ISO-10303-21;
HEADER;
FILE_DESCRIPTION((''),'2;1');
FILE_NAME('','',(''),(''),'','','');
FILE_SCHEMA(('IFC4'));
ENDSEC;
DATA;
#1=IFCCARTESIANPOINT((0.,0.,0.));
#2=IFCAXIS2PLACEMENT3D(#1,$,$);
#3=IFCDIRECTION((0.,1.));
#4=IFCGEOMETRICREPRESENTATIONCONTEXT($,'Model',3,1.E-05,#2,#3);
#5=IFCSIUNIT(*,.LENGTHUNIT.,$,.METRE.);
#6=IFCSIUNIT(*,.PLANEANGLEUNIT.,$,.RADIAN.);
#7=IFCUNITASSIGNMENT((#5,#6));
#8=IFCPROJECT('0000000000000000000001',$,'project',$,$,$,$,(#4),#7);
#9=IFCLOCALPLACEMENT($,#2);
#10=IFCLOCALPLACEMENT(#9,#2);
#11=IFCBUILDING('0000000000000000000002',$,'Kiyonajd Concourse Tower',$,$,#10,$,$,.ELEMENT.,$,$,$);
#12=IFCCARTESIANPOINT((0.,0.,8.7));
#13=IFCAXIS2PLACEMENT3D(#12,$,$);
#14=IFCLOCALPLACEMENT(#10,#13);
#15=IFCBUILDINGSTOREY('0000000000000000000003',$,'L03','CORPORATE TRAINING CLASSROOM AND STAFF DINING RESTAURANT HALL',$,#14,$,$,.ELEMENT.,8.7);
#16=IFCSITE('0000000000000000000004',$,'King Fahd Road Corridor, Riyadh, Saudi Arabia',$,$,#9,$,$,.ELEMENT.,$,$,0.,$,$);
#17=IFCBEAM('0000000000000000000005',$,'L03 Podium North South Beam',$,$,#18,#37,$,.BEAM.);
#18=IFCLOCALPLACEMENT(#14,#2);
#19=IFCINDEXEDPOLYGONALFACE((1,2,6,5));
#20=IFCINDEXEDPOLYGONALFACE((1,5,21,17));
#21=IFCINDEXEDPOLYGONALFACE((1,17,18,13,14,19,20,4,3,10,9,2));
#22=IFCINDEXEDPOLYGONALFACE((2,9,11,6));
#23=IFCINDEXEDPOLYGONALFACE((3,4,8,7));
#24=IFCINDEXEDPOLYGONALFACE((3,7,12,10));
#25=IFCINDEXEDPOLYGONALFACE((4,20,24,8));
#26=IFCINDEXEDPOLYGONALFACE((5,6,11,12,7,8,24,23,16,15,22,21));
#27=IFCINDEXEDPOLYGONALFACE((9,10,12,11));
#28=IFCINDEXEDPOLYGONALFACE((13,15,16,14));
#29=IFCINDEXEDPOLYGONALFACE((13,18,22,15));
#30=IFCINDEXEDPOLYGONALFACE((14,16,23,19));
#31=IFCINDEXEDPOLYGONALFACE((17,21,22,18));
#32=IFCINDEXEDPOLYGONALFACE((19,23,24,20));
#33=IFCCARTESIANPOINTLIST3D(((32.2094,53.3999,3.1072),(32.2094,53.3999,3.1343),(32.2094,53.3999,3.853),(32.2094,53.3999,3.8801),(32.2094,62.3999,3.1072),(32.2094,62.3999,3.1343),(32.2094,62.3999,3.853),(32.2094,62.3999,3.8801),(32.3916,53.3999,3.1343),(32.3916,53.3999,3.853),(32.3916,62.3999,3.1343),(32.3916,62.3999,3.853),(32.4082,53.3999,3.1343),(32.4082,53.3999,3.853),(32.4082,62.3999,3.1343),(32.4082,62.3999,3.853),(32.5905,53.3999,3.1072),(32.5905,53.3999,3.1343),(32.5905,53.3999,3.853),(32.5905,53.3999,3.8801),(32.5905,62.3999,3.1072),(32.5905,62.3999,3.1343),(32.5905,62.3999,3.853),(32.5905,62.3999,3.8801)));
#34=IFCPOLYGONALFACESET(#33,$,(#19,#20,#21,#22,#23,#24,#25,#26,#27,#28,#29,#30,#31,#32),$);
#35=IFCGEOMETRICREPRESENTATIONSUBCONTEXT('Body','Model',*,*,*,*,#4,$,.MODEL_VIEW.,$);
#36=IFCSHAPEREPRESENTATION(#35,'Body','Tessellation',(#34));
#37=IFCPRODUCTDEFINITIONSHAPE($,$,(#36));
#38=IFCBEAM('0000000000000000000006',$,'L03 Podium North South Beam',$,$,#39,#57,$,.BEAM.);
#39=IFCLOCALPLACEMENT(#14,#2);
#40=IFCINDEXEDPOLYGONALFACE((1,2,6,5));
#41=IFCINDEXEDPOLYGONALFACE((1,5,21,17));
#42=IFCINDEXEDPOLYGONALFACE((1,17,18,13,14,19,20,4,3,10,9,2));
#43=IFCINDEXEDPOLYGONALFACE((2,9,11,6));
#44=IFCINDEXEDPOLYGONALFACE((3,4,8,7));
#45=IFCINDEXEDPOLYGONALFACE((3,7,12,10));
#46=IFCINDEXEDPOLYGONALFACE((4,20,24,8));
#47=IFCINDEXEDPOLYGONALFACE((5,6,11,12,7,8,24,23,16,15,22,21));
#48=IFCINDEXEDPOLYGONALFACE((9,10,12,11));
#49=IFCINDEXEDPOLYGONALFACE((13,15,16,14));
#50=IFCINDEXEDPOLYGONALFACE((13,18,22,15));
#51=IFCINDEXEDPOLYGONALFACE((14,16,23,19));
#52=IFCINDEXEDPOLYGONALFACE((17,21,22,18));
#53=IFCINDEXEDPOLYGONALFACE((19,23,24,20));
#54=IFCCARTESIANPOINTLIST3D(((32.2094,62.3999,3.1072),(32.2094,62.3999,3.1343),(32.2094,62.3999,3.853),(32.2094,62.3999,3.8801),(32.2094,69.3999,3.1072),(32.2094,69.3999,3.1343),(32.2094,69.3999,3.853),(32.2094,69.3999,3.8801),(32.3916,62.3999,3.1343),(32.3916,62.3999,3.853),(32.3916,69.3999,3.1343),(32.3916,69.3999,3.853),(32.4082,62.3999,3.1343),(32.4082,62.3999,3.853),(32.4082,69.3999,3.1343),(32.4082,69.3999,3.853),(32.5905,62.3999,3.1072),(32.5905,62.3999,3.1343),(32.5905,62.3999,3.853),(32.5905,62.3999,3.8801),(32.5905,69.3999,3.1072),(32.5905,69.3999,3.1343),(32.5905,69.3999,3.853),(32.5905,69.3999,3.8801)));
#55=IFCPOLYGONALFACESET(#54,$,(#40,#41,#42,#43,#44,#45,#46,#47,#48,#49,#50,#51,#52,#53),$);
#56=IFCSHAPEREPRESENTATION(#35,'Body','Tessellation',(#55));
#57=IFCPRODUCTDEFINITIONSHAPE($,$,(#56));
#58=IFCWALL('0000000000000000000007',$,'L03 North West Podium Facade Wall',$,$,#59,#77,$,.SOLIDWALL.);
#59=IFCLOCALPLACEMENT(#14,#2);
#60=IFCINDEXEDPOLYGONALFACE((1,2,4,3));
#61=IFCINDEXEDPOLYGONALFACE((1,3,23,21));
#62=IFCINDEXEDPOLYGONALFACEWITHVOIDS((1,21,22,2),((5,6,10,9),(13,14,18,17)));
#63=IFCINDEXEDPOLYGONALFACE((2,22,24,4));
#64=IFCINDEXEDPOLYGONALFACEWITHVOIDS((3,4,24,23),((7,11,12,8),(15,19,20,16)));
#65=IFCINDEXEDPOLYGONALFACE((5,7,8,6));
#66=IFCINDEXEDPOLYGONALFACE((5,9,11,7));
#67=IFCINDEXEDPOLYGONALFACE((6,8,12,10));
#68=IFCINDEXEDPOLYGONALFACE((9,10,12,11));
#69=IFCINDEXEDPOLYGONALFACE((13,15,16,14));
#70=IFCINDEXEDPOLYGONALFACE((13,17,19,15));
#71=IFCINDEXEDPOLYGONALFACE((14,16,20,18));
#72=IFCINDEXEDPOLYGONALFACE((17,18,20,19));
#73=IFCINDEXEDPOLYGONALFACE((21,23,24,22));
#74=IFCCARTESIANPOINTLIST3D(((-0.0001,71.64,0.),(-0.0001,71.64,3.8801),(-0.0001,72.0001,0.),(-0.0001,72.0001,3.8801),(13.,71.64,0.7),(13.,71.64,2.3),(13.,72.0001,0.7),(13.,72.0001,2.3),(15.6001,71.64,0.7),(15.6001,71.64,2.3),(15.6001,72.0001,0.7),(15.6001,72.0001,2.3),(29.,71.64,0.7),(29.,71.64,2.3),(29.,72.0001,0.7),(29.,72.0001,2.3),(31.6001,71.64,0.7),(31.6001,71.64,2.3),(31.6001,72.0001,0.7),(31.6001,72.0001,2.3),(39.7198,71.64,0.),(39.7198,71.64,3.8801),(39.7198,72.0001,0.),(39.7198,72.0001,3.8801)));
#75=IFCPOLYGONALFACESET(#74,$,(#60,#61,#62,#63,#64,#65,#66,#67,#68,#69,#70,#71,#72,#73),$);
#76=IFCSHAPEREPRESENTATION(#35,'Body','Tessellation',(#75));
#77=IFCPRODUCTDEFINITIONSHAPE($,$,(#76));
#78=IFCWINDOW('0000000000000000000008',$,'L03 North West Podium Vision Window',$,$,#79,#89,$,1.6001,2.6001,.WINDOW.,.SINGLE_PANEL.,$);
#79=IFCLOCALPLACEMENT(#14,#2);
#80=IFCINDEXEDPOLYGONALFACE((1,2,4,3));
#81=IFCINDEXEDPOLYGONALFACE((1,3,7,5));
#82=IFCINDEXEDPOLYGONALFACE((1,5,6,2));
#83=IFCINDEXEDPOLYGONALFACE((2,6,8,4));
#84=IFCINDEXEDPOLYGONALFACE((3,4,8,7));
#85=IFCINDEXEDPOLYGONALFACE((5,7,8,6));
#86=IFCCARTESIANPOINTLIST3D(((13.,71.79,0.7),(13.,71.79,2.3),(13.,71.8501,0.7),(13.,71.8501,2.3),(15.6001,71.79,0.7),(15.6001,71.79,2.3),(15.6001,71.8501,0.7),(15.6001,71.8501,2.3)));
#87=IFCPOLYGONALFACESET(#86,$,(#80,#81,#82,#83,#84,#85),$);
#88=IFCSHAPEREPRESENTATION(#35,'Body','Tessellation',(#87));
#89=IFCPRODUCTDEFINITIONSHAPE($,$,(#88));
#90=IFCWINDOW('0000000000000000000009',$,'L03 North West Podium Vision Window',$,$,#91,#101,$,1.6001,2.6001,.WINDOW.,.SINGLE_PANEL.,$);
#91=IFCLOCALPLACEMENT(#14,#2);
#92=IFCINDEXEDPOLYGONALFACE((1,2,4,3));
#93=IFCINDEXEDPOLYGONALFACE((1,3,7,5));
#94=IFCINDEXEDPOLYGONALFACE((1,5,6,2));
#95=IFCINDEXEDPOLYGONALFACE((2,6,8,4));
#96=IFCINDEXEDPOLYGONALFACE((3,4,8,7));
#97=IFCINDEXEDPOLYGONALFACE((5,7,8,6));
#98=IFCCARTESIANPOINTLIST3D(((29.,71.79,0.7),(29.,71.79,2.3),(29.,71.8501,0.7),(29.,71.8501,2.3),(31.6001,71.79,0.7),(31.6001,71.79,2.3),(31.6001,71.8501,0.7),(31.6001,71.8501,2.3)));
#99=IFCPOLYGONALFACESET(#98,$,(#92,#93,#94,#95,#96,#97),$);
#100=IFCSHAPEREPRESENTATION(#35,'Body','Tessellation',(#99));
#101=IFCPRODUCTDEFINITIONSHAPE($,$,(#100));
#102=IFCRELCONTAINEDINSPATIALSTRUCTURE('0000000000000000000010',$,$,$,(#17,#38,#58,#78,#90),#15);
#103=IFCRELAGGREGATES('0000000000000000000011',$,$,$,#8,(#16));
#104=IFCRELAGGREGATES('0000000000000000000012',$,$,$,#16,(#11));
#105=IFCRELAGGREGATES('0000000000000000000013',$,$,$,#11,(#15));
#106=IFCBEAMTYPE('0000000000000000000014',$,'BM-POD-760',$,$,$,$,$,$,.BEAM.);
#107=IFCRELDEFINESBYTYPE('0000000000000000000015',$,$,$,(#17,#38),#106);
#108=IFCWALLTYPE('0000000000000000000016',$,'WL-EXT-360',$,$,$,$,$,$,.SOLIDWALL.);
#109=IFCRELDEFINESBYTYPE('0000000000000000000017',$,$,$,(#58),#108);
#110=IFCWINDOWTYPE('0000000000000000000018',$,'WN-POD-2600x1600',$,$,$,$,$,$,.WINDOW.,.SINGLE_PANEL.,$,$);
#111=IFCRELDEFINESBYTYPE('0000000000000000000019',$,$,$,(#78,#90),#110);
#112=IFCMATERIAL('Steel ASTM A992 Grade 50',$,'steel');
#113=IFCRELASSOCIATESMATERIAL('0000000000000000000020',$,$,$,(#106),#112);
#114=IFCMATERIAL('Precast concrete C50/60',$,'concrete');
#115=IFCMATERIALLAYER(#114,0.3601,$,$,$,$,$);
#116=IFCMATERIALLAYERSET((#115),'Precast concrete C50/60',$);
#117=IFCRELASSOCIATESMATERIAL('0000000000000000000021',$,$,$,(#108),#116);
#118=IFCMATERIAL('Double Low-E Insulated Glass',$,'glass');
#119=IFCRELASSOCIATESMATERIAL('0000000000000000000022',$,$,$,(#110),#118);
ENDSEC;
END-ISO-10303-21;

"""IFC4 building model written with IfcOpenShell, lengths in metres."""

from ifc_helpers import new_model, si_unit, direction, frame, frame_2d, origin, origin_2d, place, context, subcontext, project, spatial, rectangle, i_section, extrude, material, layer, layer_set, material_profile, profile_set, type_object, element, fill, save


model = new_model("IFC4")

# Units and contexts
model_context = context("Model", 3, precision=1e-05, world=origin(), true_north=direction((0.0, 1.0)))
body_context = subcontext(model_context, "Body", "Model", "MODEL_VIEW")
ifc_project = project(units=[si_unit("LENGTHUNIT", "METRE"), si_unit("PLANEANGLEUNIT", "RADIAN")], contexts=[model_context])

# Site, building, storey
site_placement = place(None, origin())
site = spatial("IfcSite", under=ifc_project, at=site_placement, Name="King Fahd Road Corridor, Riyadh, Saudi Arabia", CompositionType="ELEMENT", RefElevation=0.0)
building_placement = place(site_placement, origin())
building = spatial("IfcBuilding", under=site, at=building_placement, Name="Kiyonajd Concourse Tower", CompositionType="ELEMENT")
storey_placement = place(building_placement, frame((0.0, 0.0, 8.7)))
storey = spatial("IfcBuildingStorey", under=building, at=storey_placement, Name="L03", Description="CORPORATE TRAINING CLASSROOM AND STAFF DINING RESTAURANT HALL", CompositionType="ELEMENT", Elevation=8.7)

# Beams
ifc_material_1 = material(Name="Steel ASTM A992 Grade 50", Category="steel")
ifc_material_profile_1 = material_profile(ifc_material_1, i_section(OverallWidth=0.3811, OverallDepth=0.7729, WebThickness=0.0166, FlangeThickness=0.0271, at=origin_2d()), Name="W760X257")
ifc_profile_set_1 = profile_set([ifc_material_profile_1], Name="Steel ASTM A992 Grade 50")
beam_type_1 = type_object("IfcBeamType", Name="BM-POD-760", PredefinedType="BEAM", material=ifc_profile_set_1)
beam_1_placement = place(storey_placement, frame((32.3999, 53.3999, 3.4937), z_axis=(0.0, 1.0, 0.0), x_axis=(-1.0, 0.0, 0.0)))
element("IfcBeam", 1, at=beam_1_placement, inside=storey, type_object=beam_type_1, Name="L03 Podium North South Beam", PredefinedType="BEAM", context=body_context, shape_type="SweptSolid", body=[
    extrude(i_section(OverallWidth=0.3811, OverallDepth=0.7729, WebThickness=0.0166, FlangeThickness=0.0271, at=origin_2d()), origin(), (0.0, 0.0, 1.0), 9.0),
])
beam_2_placement = place(storey_placement, frame((32.3999, 62.3999, 3.4937), z_axis=(0.0, 1.0, 0.0), x_axis=(-1.0, 0.0, 0.0)))
element("IfcBeam", 2, at=beam_2_placement, inside=storey, type_object=beam_type_1, Name="L03 Podium North South Beam", PredefinedType="BEAM", context=body_context, shape_type="SweptSolid", body=[
    extrude(i_section(OverallWidth=0.3811, OverallDepth=0.7729, WebThickness=0.0166, FlangeThickness=0.0271, at=origin_2d()), origin(), (0.0, 0.0, 1.0), 7.0),
])

# Wall, openings, windows
ifc_material_2 = material(Name="Precast concrete C50/60", Category="concrete")
ifc_layer = layer(ifc_material_2, 0.3601)
ifc_layer_set = layer_set([ifc_layer], Name="Precast concrete C50/60")
wall_type = type_object("IfcWallType", Name="WL-EXT-360", PredefinedType="SOLIDWALL", material=ifc_layer_set)
wall_placement = place(storey_placement, frame((0.0, 71.8201, 0.0), z_axis=(0.0, 0.0, 1.0), x_axis=(1.0, 0.0, 0.0)))
wall = element("IfcWall", 3, at=wall_placement, inside=storey, type_object=wall_type, Name="L03 North West Podium Facade Wall", PredefinedType="SOLIDWALL", context=body_context, shape_type="SweptSolid", body=[
    extrude(rectangle(XDim=39.72, YDim=0.3601, at=frame_2d((19.8599, 0.0))), origin(), (0.0, 0.0, 1.0), 3.8801),
])
opening_1_placement = place(wall_placement, frame((13.0, 0.0, 0.7)))
opening_1 = element("IfcOpeningElement", 4, at=opening_1_placement, cuts=wall, PredefinedType="OPENING", context=body_context, shape_type="SweptSolid", body=[
    extrude(rectangle(XDim=2.6001, YDim=1.6001, at=frame_2d((1.3, 0.8))), frame((0.0, 0.1899, 0.0), z_axis=(0.0, -1.0, 0.0), x_axis=(1.0, 0.0, 0.0)), (0.0, 0.0, 1.0), 0.3801),
])
opening_2_placement = place(wall_placement, frame((29.0, 0.0, 0.7)))
opening_2 = element("IfcOpeningElement", 5, at=opening_2_placement, cuts=wall, PredefinedType="OPENING", context=body_context, shape_type="SweptSolid", body=[
    extrude(rectangle(XDim=2.6001, YDim=1.6001, at=frame_2d((1.3, 0.8))), frame((0.0, 0.1899, 0.0), z_axis=(0.0, -1.0, 0.0), x_axis=(1.0, 0.0, 0.0)), (0.0, 0.0, 1.0), 0.3801),
])
ifc_material_3 = material(Name="Double Low-E Insulated Glass", Category="glass")
window_type = type_object("IfcWindowType", Name="WN-POD-2600x1600", PartitioningType="SINGLE_PANEL", PredefinedType="WINDOW", material=ifc_material_3)
window_1_placement = place(opening_1_placement, origin())
window_1 = element("IfcWindow", 6, at=window_1_placement, inside=storey, type_object=window_type, Name="L03 North West Podium Vision Window", OverallHeight=1.6001, OverallWidth=2.6001, PartitioningType="SINGLE_PANEL", PredefinedType="WINDOW", context=body_context, shape_type="SweptSolid", body=[
    extrude(rectangle(XDim=2.6001, YDim=1.6001, at=frame_2d((1.3, 0.8))), frame((0.0, 0.03, 0.0), z_axis=(0.0, -1.0, 0.0), x_axis=(1.0, 0.0, 0.0)), (0.0, 0.0, 1.0), 0.0601),
])
fill(opening_1, window_1)
window_2_placement = place(opening_2_placement, origin())
window_2 = element("IfcWindow", 7, at=window_2_placement, inside=storey, type_object=window_type, Name="L03 North West Podium Vision Window", OverallHeight=1.6001, OverallWidth=2.6001, PartitioningType="SINGLE_PANEL", PredefinedType="WINDOW", context=body_context, shape_type="SweptSolid", body=[
    extrude(rectangle(XDim=2.6001, YDim=1.6001, at=frame_2d((1.3, 0.8))), frame((0.0, 0.03, 0.0), z_axis=(0.0, -1.0, 0.0), x_axis=(1.0, 0.0, 0.0)), (0.0, 0.0, 1.0), 0.0601),
])
fill(opening_2, window_2)

save(model, "model.ifc")
